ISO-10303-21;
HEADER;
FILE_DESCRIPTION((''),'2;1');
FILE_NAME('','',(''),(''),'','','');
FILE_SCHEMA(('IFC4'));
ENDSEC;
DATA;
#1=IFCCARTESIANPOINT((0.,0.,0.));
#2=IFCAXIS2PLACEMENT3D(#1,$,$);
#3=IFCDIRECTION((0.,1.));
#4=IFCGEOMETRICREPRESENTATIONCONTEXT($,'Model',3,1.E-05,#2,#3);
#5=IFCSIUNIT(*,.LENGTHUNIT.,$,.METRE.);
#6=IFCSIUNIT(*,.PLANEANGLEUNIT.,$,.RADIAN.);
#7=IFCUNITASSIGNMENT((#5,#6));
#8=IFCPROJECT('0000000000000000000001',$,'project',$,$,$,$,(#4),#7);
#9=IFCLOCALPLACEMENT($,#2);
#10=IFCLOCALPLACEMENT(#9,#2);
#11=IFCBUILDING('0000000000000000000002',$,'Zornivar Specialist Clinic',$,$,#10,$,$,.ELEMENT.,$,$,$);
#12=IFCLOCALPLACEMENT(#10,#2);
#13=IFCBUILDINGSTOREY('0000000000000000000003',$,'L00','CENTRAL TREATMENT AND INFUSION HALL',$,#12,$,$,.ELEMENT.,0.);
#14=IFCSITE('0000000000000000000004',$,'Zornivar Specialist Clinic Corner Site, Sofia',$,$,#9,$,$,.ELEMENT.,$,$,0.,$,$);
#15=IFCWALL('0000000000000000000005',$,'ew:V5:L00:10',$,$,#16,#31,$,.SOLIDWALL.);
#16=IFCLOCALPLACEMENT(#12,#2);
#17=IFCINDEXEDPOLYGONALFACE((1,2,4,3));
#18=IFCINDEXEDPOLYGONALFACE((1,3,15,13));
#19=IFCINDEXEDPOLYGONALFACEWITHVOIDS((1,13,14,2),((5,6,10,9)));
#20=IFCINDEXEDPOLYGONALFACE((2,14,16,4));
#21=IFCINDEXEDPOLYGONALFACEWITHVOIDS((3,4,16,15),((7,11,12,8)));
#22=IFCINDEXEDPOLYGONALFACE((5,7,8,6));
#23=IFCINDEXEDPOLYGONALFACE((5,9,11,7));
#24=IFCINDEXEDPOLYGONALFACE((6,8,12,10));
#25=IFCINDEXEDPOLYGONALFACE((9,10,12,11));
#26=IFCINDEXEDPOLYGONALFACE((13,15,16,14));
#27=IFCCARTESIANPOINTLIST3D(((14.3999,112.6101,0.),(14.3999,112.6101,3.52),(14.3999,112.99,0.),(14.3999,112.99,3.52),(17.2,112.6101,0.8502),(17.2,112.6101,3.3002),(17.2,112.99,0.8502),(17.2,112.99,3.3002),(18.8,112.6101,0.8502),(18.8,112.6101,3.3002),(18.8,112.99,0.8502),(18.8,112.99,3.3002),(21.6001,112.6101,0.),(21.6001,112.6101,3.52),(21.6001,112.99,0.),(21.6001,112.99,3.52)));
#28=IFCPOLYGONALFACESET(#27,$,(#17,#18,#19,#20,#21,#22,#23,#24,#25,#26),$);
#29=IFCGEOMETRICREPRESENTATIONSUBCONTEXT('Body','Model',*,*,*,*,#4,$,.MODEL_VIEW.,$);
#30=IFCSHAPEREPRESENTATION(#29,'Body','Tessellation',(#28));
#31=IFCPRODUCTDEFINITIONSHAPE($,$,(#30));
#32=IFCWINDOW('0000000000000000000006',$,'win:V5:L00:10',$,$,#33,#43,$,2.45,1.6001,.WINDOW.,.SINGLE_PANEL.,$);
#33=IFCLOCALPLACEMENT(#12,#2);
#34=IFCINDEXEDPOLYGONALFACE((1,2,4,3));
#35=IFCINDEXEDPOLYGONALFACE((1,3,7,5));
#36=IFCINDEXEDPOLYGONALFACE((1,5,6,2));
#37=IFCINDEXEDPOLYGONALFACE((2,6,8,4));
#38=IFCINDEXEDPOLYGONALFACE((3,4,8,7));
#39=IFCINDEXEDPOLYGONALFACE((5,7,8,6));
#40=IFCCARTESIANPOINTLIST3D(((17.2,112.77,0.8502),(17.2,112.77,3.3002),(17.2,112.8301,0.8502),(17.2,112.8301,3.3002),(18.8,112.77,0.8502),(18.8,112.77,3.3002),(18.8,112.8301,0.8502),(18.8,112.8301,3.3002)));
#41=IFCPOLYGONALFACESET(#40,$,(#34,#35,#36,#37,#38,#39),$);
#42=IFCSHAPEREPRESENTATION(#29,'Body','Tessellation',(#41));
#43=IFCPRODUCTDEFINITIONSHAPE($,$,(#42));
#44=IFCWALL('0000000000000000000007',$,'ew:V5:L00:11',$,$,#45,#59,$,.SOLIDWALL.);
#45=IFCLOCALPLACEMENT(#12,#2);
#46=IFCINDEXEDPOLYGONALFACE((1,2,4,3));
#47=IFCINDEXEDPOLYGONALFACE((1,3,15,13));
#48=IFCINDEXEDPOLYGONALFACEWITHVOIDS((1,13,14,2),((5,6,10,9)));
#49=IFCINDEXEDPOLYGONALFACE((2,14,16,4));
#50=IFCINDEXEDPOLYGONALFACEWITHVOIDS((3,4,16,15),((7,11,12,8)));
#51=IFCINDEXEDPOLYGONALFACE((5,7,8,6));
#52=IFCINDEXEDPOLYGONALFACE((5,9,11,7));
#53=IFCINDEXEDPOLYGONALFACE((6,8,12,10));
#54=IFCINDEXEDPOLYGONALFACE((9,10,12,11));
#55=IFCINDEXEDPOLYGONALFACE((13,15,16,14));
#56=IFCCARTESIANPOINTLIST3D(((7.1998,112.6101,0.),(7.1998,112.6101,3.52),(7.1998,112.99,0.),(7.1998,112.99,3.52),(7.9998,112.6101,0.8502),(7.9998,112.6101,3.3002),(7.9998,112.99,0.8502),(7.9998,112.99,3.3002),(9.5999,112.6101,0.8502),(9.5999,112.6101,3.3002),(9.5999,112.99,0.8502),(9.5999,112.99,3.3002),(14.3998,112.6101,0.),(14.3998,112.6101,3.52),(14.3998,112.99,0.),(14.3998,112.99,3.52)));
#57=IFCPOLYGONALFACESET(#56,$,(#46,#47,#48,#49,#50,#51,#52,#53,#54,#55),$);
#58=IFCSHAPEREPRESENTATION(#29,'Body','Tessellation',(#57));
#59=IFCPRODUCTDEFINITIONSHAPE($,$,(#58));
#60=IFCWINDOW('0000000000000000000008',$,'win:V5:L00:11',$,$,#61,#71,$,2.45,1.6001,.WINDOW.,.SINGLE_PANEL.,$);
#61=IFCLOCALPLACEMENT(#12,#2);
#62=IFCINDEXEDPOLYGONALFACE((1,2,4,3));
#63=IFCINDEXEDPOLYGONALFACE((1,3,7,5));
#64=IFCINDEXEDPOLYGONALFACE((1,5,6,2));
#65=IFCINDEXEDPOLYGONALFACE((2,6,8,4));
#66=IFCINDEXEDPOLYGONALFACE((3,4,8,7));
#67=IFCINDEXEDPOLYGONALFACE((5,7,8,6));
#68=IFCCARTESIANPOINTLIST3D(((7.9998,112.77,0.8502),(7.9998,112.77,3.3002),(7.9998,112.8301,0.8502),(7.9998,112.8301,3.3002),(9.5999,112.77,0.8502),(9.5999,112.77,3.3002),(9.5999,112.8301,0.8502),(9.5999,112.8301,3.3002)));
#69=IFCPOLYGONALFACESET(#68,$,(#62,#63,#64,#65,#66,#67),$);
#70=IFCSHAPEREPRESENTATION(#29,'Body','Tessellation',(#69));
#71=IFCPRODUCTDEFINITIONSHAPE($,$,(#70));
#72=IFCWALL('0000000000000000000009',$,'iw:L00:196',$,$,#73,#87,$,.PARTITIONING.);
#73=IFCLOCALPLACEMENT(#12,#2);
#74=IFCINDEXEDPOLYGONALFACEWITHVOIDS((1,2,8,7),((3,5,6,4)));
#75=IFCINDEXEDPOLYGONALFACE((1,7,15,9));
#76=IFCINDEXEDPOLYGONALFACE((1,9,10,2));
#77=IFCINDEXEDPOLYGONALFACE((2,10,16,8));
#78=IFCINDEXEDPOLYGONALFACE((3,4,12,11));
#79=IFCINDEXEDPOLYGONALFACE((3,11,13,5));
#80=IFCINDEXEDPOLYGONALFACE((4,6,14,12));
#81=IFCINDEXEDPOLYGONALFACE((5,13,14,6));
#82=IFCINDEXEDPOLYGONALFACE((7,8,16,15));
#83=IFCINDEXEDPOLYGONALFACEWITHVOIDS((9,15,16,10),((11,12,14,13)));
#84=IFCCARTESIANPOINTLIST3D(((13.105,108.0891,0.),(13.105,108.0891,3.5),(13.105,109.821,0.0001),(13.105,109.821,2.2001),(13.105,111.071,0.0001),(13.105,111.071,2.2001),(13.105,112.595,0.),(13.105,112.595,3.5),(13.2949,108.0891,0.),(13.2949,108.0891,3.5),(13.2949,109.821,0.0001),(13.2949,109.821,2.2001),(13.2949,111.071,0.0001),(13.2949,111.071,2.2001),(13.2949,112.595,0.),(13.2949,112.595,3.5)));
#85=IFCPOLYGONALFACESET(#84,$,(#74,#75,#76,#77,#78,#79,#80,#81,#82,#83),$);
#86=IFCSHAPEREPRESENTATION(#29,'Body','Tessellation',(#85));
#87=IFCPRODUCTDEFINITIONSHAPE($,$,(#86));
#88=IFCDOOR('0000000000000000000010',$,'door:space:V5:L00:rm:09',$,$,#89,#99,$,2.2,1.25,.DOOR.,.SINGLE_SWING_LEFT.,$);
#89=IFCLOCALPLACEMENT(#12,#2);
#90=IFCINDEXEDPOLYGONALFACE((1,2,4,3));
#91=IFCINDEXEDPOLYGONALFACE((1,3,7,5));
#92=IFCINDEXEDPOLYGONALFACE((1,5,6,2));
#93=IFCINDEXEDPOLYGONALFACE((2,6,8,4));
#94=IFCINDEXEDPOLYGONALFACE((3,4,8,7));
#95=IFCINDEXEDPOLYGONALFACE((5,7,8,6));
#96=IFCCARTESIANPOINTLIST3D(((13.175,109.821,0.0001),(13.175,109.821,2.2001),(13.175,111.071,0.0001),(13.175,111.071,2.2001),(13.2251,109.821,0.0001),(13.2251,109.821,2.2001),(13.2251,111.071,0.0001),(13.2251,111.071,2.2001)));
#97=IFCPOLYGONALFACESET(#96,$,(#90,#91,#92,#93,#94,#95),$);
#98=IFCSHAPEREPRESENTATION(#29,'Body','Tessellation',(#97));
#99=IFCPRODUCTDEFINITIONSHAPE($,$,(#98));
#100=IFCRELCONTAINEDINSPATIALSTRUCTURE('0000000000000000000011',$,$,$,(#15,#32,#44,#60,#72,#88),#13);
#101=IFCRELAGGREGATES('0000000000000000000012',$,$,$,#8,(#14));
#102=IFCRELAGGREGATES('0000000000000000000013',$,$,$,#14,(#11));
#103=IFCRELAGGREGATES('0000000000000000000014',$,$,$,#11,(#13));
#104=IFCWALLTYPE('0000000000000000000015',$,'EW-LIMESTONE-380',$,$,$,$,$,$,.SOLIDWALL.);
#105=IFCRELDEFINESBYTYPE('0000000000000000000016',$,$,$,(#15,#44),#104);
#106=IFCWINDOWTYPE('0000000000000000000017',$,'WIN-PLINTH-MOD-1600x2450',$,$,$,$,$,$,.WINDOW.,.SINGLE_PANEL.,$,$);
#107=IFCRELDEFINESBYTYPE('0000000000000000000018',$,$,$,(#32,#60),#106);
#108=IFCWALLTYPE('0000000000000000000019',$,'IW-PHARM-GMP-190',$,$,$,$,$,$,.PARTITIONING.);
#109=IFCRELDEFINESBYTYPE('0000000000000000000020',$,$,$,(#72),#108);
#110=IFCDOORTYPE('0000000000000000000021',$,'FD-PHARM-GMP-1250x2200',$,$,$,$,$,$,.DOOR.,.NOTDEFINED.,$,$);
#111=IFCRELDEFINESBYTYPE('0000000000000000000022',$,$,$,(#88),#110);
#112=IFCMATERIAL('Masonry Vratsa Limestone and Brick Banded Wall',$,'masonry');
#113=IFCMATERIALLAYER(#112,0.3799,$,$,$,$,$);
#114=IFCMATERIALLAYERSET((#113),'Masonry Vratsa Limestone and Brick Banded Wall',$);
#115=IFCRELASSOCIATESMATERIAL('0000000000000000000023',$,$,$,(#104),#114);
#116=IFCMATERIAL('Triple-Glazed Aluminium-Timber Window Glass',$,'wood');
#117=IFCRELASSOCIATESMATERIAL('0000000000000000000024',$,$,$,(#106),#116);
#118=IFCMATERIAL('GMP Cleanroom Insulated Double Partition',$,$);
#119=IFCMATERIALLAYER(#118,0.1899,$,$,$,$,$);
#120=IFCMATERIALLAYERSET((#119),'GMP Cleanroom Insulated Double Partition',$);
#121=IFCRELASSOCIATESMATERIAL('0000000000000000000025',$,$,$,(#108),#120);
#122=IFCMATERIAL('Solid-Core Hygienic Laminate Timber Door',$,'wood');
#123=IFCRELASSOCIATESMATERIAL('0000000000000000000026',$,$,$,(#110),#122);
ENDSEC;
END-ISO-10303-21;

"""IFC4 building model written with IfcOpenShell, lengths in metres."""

from ifc_helpers import new_model, si_unit, direction, frame, frame_2d, origin, place, context, subcontext, project, spatial, rectangle, extrude, material, layer, layer_set, type_object, element, fill, save


model = new_model("IFC4")

# Units and contexts
model_context = context("Model", 3, precision=1e-05, world=origin(), true_north=direction((0.0, 1.0)))
body_context = subcontext(model_context, "Body", "Model", "MODEL_VIEW")
ifc_project = project(units=[si_unit("LENGTHUNIT", "METRE"), si_unit("PLANEANGLEUNIT", "RADIAN")], contexts=[model_context])

# Site, building, storey
site_placement = place(None, origin())
site = spatial("IfcSite", under=ifc_project, at=site_placement, Name="Zornivar Specialist Clinic Corner Site, Sofia", CompositionType="ELEMENT", RefElevation=0.0)
building_placement = place(site_placement, origin())
building = spatial("IfcBuilding", under=site, at=building_placement, Name="Zornivar Specialist Clinic", CompositionType="ELEMENT")
storey_placement = place(building_placement, origin())
storey = spatial("IfcBuildingStorey", under=building, at=storey_placement, Name="L00", Description="CENTRAL TREATMENT AND INFUSION HALL", CompositionType="ELEMENT", Elevation=0.0)

# Walls, openings, windows
ifc_material_1 = material(Name="Masonry Vratsa Limestone and Brick Banded Wall", Category="masonry")
ifc_layer_1 = layer(ifc_material_1, 0.3799)
ifc_layer_set_1 = layer_set([ifc_layer_1], Name="Masonry Vratsa Limestone and Brick Banded Wall")
wall_type_1 = type_object("IfcWallType", Name="EW-LIMESTONE-380", PredefinedType="SOLIDWALL", material=ifc_layer_set_1)
wall_1_placement = place(storey_placement, frame((21.6001, 112.8, 0.0), z_axis=(0.0, 0.0, 1.0), x_axis=(-1.0, 0.0, 0.0)))
wall_1 = element("IfcWall", 1, at=wall_1_placement, inside=storey, type_object=wall_type_1, Name="ew:V5:L00:10", PredefinedType="SOLIDWALL", context=body_context, shape_type="SweptSolid", body=[
    extrude(rectangle(XDim=7.2002, YDim=0.3799, at=frame_2d((3.6001, 0.0))), origin(), (0.0, 0.0, 1.0), 3.52),
])
opening_1_placement = place(wall_1_placement, frame((2.8, 0.0, 0.8501)))
opening_1 = element("IfcOpeningElement", 2, at=opening_1_placement, cuts=wall_1, PredefinedType="OPENING", context=body_context, shape_type="SweptSolid", body=[
    extrude(rectangle(XDim=1.6001, YDim=2.45, at=frame_2d((0.8, 1.2251))), frame((0.0, 0.2, 0.0), z_axis=(0.0, -1.0, 0.0), x_axis=(1.0, 0.0, 0.0)), (0.0, 0.0, 1.0), 0.3999),
])
ifc_material_2 = material(Name="Triple-Glazed Aluminium-Timber Window Glass", Category="wood")
window_type = type_object("IfcWindowType", Name="WIN-PLINTH-MOD-1600x2450", PartitioningType="SINGLE_PANEL", PredefinedType="WINDOW", material=ifc_material_2)
window_1_placement = place(opening_1_placement, origin())
window_1 = element("IfcWindow", 3, at=window_1_placement, inside=storey, type_object=window_type, Name="win:V5:L00:10", OverallHeight=2.45, OverallWidth=1.6001, PartitioningType="SINGLE_PANEL", PredefinedType="WINDOW", context=body_context, shape_type="SweptSolid", body=[
    extrude(rectangle(XDim=1.6001, YDim=2.45, at=frame_2d((0.8, 1.2251))), frame((0.0, 0.03, 0.0), z_axis=(0.0, -1.0, 0.0), x_axis=(1.0, 0.0, 0.0)), (0.0, 0.0, 1.0), 0.0601),
])
fill(opening_1, window_1)
wall_2_placement = place(storey_placement, frame((14.3999, 112.8, 0.0), z_axis=(0.0, 0.0, 1.0), x_axis=(-1.0, 0.0, 0.0)))
wall_2 = element("IfcWall", 4, at=wall_2_placement, inside=storey, type_object=wall_type_1, Name="ew:V5:L00:11", PredefinedType="SOLIDWALL", context=body_context, shape_type="SweptSolid", body=[
    extrude(rectangle(XDim=7.2, YDim=0.3799, at=frame_2d((3.6001, 0.0))), origin(), (0.0, 0.0, 1.0), 3.52),
])
opening_2_placement = place(wall_2_placement, frame((4.8, 0.0, 0.8501)))
opening_2 = element("IfcOpeningElement", 5, at=opening_2_placement, cuts=wall_2, PredefinedType="OPENING", context=body_context, shape_type="SweptSolid", body=[
    extrude(rectangle(XDim=1.6001, YDim=2.45, at=frame_2d((0.8, 1.2251))), frame((0.0, 0.2, 0.0), z_axis=(0.0, -1.0, 0.0), x_axis=(1.0, 0.0, 0.0)), (0.0, 0.0, 1.0), 0.3999),
])
window_2_placement = place(opening_2_placement, origin())
window_2 = element("IfcWindow", 6, at=window_2_placement, inside=storey, type_object=window_type, Name="win:V5:L00:11", OverallHeight=2.45, OverallWidth=1.6001, PartitioningType="SINGLE_PANEL", PredefinedType="WINDOW", context=body_context, shape_type="SweptSolid", body=[
    extrude(rectangle(XDim=1.6001, YDim=2.45, at=frame_2d((0.8, 1.2251))), frame((0.0, 0.03, 0.0), z_axis=(0.0, -1.0, 0.0), x_axis=(1.0, 0.0, 0.0)), (0.0, 0.0, 1.0), 0.0601),
])
fill(opening_2, window_2)

# Wall, opening, door
ifc_material_3 = material(Name="GMP Cleanroom Insulated Double Partition")
ifc_layer_2 = layer(ifc_material_3, 0.1899)
ifc_layer_set_2 = layer_set([ifc_layer_2], Name="GMP Cleanroom Insulated Double Partition")
wall_type_2 = type_object("IfcWallType", Name="IW-PHARM-GMP-190", PredefinedType="PARTITIONING", material=ifc_layer_set_2)
wall_3_placement = place(storey_placement, frame((13.2, 108.0891, 0.0), z_axis=(0.0, 0.0, 1.0), x_axis=(0.0, 1.0, 0.0)))
wall_3 = element("IfcWall", 7, at=wall_3_placement, inside=storey, type_object=wall_type_2, Name="iw:L00:196", PredefinedType="PARTITIONING", context=body_context, shape_type="SweptSolid", body=[
    extrude(rectangle(XDim=4.5059, YDim=0.1899, at=frame_2d((2.2529, 0.0))), origin(), (0.0, 0.0, 1.0), 3.5),
])
opening_3_placement = place(wall_3_placement, frame((1.7319, 0.0, 0.0)))
opening_3 = element("IfcOpeningElement", 8, at=opening_3_placement, cuts=wall_3, PredefinedType="OPENING", context=body_context, shape_type="SweptSolid", body=[
    extrude(rectangle(XDim=1.25, YDim=2.2, at=frame_2d((0.625, 1.1001))), frame((0.0, 0.105, 0.0), z_axis=(0.0, -1.0, 0.0), x_axis=(1.0, 0.0, 0.0)), (0.0, 0.0, 1.0), 0.21),
])
ifc_material_4 = material(Name="Solid-Core Hygienic Laminate Timber Door", Category="wood")
door_type = type_object("IfcDoorType", Name="FD-PHARM-GMP-1250x2200", OperationType="NOTDEFINED", PredefinedType="DOOR", material=ifc_material_4)
door_placement = place(opening_3_placement, origin())
door = element("IfcDoor", 9, at=door_placement, inside=storey, type_object=door_type, Name="door:space:V5:L00:rm:09", OperationType="SINGLE_SWING_LEFT", OverallHeight=2.2, OverallWidth=1.25, PredefinedType="DOOR", context=body_context, shape_type="SweptSolid", body=[
    extrude(rectangle(XDim=1.25, YDim=2.2, at=frame_2d((0.625, 1.1001))), frame((0.0, 0.0249, 0.0), z_axis=(0.0, -1.0, 0.0), x_axis=(1.0, 0.0, 0.0)), (0.0, 0.0, 1.0), 0.05),
])
fill(opening_3, door)

save(model, "model.ifc")
